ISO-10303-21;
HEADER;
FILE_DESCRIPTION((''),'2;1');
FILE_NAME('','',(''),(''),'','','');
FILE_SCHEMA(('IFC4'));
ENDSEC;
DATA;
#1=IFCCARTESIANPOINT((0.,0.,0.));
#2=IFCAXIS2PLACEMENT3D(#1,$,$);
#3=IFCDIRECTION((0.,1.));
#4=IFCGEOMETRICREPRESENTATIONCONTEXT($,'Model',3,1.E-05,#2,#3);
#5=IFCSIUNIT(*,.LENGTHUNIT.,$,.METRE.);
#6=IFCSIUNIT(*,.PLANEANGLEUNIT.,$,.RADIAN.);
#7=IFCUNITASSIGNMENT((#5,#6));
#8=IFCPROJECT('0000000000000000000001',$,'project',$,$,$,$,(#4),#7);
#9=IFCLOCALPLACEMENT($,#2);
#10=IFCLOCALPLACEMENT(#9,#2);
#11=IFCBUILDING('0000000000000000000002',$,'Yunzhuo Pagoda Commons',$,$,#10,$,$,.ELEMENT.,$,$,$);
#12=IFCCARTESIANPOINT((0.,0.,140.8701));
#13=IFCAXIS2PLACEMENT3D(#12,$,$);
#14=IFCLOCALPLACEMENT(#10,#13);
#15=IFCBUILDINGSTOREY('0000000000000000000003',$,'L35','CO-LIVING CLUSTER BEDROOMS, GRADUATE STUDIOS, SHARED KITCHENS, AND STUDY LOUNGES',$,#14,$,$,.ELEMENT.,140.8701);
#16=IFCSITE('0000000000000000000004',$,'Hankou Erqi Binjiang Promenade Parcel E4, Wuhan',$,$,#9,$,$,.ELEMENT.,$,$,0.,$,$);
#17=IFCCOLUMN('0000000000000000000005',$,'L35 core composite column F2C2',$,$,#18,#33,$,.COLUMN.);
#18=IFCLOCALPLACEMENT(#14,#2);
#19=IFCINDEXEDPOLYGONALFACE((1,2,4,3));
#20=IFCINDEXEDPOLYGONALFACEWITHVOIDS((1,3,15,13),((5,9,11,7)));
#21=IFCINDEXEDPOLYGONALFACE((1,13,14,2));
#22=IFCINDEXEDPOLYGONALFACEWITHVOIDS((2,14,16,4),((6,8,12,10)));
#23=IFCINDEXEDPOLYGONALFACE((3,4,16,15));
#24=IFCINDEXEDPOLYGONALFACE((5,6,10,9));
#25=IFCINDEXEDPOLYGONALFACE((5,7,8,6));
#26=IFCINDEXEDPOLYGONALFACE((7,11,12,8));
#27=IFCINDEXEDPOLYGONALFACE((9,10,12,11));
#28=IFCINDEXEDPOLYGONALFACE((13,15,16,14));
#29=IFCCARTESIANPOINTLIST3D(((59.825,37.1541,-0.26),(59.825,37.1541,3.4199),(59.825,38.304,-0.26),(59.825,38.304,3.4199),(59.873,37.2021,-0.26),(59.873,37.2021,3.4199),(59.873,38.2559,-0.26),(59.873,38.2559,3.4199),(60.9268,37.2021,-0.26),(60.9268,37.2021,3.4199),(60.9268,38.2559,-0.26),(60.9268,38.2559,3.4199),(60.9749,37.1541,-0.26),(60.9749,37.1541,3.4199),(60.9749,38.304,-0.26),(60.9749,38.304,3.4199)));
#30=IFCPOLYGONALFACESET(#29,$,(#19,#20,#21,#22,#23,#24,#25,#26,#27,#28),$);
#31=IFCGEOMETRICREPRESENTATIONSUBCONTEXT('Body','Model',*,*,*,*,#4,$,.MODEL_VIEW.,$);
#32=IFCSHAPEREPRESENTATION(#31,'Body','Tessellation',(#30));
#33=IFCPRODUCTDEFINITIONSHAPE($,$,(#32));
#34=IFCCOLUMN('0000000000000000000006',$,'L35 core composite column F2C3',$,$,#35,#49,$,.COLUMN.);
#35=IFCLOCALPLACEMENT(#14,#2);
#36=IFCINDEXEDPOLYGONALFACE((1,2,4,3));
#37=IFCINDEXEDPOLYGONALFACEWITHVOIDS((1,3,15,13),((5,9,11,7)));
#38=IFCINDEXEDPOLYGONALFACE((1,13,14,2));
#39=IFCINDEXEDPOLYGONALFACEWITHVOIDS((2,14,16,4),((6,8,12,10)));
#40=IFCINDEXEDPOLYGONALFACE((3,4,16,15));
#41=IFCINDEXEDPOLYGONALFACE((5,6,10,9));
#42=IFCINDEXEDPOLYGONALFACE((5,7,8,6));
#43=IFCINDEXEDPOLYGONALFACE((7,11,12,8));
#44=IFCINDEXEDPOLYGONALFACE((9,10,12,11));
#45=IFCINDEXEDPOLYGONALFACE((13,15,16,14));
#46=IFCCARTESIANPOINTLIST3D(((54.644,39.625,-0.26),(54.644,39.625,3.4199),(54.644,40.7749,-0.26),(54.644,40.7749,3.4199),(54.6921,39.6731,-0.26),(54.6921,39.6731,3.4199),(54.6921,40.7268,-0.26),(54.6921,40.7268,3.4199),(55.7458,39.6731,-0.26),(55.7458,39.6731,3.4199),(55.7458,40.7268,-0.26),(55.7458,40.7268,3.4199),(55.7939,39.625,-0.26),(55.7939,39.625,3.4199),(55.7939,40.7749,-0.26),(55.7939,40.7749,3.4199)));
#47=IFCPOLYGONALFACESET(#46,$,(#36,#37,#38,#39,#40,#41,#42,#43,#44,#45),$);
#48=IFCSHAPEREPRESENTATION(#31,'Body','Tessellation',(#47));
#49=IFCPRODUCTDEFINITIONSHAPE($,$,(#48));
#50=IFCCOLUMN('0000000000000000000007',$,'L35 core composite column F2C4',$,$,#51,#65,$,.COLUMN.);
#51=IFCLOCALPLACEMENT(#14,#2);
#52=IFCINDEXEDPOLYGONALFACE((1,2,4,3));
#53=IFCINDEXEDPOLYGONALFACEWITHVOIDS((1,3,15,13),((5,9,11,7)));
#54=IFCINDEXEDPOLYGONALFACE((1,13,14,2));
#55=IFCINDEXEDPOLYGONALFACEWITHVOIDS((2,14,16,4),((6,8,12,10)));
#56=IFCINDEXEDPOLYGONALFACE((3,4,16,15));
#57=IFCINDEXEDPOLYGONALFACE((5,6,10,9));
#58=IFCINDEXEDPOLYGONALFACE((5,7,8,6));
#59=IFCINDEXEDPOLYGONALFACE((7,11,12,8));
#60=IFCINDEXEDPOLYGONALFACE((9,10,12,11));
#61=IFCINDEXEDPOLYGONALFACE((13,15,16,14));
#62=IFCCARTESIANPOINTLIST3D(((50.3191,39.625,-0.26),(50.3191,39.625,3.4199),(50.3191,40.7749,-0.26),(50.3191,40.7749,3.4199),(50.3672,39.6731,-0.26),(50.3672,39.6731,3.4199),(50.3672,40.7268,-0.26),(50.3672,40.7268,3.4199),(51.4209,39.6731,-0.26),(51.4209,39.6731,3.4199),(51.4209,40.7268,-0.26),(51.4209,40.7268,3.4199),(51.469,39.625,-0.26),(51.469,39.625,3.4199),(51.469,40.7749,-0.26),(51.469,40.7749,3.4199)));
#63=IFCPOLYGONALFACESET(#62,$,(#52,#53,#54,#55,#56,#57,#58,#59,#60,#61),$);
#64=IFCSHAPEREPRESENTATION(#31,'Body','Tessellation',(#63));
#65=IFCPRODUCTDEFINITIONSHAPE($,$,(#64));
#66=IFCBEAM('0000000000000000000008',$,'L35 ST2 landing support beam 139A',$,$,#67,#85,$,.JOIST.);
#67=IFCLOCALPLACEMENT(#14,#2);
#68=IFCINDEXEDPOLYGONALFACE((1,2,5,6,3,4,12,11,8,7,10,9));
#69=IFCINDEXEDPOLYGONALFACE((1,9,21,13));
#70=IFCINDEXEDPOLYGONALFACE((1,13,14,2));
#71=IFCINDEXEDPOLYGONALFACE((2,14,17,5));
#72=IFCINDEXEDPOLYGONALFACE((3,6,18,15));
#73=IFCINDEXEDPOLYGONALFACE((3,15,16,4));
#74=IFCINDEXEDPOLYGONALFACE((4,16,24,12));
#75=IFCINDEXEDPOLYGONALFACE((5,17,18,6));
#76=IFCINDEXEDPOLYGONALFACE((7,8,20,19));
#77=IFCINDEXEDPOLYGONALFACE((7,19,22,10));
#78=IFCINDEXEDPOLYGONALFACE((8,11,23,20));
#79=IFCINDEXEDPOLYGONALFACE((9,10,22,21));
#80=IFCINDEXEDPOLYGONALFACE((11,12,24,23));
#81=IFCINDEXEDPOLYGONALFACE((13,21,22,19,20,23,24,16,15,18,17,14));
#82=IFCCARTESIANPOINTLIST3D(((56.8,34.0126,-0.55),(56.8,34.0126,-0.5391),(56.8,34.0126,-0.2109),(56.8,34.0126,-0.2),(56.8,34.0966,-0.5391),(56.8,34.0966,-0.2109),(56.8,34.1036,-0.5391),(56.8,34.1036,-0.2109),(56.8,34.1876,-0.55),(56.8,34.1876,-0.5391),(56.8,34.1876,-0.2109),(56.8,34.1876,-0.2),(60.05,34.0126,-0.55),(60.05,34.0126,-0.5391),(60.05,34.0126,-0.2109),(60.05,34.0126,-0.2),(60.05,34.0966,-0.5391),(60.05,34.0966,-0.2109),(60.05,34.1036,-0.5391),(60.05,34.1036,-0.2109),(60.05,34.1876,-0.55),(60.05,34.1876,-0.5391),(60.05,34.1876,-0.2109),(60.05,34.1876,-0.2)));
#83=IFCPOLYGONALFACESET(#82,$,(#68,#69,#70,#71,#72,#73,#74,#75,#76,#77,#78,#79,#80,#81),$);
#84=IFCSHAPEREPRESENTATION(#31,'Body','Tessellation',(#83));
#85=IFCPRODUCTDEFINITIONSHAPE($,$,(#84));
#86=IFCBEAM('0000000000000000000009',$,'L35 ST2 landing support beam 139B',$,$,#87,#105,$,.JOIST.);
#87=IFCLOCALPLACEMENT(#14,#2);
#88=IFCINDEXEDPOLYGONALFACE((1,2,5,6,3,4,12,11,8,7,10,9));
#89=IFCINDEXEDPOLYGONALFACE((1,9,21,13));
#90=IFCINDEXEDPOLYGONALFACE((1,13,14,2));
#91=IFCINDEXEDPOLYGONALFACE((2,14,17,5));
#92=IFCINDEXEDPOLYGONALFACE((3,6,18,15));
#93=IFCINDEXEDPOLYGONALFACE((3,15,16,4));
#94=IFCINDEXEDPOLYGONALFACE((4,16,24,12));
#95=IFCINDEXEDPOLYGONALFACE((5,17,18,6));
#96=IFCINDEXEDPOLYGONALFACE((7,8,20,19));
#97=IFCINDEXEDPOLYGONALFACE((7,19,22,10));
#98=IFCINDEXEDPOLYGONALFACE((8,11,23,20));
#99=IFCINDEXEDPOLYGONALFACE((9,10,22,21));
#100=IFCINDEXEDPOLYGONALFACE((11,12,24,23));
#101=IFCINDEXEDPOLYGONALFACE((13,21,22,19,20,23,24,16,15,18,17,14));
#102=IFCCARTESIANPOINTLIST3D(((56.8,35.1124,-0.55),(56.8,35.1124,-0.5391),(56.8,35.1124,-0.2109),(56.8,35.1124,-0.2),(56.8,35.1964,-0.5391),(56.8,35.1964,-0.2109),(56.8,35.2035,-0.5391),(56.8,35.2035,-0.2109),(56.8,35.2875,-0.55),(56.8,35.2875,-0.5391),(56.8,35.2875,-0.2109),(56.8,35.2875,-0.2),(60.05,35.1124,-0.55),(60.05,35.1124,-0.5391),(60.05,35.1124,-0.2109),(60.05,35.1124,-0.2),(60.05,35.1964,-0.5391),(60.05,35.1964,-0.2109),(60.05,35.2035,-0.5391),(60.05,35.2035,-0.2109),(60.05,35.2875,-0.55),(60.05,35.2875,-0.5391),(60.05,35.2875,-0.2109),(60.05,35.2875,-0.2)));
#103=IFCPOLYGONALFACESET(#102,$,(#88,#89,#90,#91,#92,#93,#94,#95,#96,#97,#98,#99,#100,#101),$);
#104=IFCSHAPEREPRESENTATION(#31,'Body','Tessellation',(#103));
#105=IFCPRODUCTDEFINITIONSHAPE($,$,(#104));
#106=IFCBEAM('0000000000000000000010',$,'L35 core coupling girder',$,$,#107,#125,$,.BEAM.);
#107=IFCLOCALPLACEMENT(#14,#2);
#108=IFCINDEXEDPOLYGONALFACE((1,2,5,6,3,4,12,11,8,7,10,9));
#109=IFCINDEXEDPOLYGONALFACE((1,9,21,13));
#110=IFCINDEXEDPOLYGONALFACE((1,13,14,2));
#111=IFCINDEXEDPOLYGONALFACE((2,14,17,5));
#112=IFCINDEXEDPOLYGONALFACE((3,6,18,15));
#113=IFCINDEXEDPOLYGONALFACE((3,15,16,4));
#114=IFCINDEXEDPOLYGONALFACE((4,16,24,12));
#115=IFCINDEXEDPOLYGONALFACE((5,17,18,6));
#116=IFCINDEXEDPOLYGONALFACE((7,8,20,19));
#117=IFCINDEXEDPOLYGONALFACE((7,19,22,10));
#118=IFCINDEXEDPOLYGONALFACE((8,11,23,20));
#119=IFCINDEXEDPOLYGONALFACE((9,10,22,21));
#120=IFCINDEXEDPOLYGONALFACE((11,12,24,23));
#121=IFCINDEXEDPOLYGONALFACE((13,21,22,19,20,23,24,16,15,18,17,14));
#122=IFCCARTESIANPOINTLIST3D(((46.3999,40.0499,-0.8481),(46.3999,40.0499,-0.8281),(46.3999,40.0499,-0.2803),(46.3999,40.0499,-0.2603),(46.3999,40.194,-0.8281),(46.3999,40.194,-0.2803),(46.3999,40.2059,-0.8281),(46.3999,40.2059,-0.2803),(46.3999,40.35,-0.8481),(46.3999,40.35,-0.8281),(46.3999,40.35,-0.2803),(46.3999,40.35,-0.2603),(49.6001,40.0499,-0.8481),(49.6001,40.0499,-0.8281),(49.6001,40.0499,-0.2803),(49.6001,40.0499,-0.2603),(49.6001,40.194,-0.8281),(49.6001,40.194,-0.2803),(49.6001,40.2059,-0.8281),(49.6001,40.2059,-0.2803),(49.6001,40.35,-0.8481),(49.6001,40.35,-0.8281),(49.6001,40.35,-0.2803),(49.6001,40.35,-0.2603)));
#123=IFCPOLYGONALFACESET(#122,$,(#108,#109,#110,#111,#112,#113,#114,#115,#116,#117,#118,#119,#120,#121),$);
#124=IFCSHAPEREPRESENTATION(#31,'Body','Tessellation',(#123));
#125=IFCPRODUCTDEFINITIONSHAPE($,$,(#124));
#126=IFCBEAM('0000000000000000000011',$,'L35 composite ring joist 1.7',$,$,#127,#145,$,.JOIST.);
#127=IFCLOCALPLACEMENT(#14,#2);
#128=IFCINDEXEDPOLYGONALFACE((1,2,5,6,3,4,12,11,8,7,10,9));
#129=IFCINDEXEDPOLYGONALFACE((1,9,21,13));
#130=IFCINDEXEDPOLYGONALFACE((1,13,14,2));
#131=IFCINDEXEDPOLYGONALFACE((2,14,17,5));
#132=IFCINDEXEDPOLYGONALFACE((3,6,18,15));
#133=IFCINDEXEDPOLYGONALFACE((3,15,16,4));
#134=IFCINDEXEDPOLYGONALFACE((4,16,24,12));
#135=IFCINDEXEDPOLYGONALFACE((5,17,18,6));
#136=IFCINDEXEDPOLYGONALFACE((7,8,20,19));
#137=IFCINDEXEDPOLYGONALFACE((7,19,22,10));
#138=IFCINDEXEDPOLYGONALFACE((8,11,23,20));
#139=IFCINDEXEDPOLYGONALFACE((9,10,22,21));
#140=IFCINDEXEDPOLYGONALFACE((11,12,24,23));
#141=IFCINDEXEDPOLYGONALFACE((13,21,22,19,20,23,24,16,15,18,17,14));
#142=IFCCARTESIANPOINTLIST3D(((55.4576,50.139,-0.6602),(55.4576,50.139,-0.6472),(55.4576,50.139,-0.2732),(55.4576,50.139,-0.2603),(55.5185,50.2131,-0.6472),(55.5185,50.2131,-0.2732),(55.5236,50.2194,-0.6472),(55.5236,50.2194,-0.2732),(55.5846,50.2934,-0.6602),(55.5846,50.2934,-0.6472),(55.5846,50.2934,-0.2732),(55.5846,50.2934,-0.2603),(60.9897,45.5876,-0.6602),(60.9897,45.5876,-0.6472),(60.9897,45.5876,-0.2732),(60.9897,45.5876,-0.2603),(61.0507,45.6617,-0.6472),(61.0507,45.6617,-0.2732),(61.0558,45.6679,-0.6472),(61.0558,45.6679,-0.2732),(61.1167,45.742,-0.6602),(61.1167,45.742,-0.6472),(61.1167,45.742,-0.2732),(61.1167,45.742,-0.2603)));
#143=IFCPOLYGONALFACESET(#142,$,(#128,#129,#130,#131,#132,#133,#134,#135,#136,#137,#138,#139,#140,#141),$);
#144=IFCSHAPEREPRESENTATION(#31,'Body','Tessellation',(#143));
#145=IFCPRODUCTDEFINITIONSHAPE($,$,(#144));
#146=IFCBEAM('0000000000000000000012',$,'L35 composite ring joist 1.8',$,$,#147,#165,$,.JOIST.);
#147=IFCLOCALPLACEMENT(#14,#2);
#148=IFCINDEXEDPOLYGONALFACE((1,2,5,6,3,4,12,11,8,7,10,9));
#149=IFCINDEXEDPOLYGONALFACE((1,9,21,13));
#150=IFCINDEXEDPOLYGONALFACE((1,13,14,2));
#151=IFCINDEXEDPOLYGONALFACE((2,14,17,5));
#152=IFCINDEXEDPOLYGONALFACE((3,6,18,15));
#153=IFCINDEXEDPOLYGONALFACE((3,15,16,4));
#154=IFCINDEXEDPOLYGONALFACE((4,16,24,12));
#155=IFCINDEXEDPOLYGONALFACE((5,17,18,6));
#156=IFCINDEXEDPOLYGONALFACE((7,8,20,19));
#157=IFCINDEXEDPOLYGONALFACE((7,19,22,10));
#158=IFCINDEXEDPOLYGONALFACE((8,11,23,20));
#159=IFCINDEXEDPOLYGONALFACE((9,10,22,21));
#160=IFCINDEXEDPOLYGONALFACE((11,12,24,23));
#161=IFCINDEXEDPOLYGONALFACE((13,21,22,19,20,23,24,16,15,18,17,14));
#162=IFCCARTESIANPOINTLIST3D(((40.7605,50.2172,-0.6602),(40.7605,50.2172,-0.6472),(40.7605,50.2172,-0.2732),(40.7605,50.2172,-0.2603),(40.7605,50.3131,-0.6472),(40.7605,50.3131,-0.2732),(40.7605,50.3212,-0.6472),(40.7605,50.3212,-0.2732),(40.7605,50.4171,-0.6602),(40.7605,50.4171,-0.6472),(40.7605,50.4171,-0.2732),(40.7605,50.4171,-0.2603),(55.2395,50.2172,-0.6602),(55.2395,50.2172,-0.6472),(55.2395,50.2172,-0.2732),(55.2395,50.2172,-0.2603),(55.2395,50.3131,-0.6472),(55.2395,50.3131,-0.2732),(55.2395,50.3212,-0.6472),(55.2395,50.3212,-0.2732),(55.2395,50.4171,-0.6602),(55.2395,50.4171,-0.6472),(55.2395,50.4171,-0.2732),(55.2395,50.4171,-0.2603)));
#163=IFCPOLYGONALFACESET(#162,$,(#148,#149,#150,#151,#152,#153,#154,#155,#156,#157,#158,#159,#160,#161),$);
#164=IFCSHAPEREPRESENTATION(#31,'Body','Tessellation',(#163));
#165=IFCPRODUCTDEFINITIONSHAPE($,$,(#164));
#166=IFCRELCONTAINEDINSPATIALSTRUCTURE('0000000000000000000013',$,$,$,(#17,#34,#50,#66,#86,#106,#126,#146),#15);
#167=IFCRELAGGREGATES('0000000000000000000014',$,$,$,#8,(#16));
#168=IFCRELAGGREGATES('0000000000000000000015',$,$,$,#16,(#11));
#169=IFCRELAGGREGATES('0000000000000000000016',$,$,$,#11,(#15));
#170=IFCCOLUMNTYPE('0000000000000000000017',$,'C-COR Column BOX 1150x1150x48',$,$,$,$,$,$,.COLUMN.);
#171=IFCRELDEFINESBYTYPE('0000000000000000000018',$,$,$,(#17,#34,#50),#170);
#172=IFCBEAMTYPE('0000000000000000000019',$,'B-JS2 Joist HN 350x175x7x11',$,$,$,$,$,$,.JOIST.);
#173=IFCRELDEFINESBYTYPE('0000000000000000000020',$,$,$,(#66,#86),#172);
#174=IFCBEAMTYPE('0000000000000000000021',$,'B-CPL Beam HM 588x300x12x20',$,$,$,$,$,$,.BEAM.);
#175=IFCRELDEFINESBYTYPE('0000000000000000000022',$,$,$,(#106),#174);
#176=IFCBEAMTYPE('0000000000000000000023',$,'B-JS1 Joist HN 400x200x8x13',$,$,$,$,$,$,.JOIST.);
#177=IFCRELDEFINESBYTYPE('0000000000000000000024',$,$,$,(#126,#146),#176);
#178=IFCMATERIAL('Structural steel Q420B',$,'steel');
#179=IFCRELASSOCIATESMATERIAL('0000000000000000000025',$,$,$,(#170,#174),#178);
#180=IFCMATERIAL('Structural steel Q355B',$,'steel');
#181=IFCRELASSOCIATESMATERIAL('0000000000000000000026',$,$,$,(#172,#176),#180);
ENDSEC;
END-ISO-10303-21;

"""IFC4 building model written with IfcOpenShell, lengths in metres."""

from ifc_helpers import new_model, si_unit, direction, frame, origin, origin_2d, place, context, subcontext, project, spatial, hollow_rectangle, i_section, extrude, source, transform, mapped, material, material_profile, profile_set, type_object, element, save


model = new_model("IFC4")

# Units and contexts
model_context = context("Model", 3, precision=1e-05, world=origin(), true_north=direction((0.0, 1.0)))
body_context = subcontext(model_context, "Body", "Model", "MODEL_VIEW")
ifc_project = project(units=[si_unit("LENGTHUNIT", "METRE"), si_unit("PLANEANGLEUNIT", "RADIAN")], contexts=[model_context])

# Site, building, storey
site_placement = place(None, origin())
site = spatial("IfcSite", under=ifc_project, at=site_placement, Name="Hankou Erqi Binjiang Promenade Parcel E4, Wuhan", CompositionType="ELEMENT", RefElevation=0.0)
building_placement = place(site_placement, origin())
building = spatial("IfcBuilding", under=site, at=building_placement, Name="Yunzhuo Pagoda Commons", CompositionType="ELEMENT")
storey_placement = place(building_placement, frame((0.0, 0.0, 140.8701)))
storey = spatial("IfcBuildingStorey", under=building, at=storey_placement, Name="L35", Description="CO-LIVING CLUSTER BEDROOMS, GRADUATE STUDIOS, SHARED KITCHENS, AND STUDY LOUNGES", CompositionType="ELEMENT", Elevation=140.8701)

# Columns
ifc_material_1 = material(Name="Structural steel Q420B", Category="steel")
ifc_material_profile_1 = material_profile(ifc_material_1, hollow_rectangle(XDim=1.1499, YDim=1.1499, WallThickness=0.0481, at=origin_2d()), Name="Structural steel Q420B")
ifc_profile_set_1 = profile_set([ifc_material_profile_1], Name="Structural steel Q420B")
column_type = type_object("IfcColumnType", Name="C-COR Column BOX 1150x1150x48", PredefinedType="COLUMN", material=ifc_profile_set_1)
shared_shape_1 = source(origin(), body_context, "Body", "SweptSolid", [
    extrude(hollow_rectangle(XDim=1.1499, YDim=1.1499, WallThickness=0.0481, at=origin_2d()), origin(), (0.0, 0.0, 1.0), 3.6799),
])
for number, where, z_axis, x_axis, name in (
    (1, (60.3999, 37.729, -0.26), (0.0, 0.0, 1.0), (1.0, 0.0, 0.0), "L35 core composite column F2C2"),
    (2, (55.219, 40.2, -0.26), (0.0, 0.0, 1.0), (1.0, 0.0, 0.0), "L35 core composite column F2C3"),
    (3, (50.894, 40.2, -0.26), (0.0, 0.0, 1.0), (1.0, 0.0, 0.0), "L35 core composite column F2C4"),
):
    element("IfcColumn", number, at=place(storey_placement, frame(where, z_axis=z_axis, x_axis=x_axis)), inside=storey, type_object=column_type, Name=name, PredefinedType="COLUMN", context=body_context, shape_type="MappedRepresentation", body=[
        mapped(shared_shape_1, transform((0.0, 0.0, 0.0), scale=1.0)),
    ])

# Beams
ifc_material_2 = material(Name="Structural steel Q355B", Category="steel")
ifc_material_profile_2 = material_profile(ifc_material_2, i_section(OverallWidth=0.175, OverallDepth=0.3501, WebThickness=0.0071, FlangeThickness=0.011, at=origin_2d()), Name="Structural steel Q355B")
ifc_profile_set_2 = profile_set([ifc_material_profile_2], Name="Structural steel Q355B")
beam_type_1 = type_object("IfcBeamType", Name="B-JS2 Joist HN 350x175x7x11", PredefinedType="JOIST", material=ifc_profile_set_2)
shared_shape_2 = source(origin(), body_context, "Body", "SweptSolid", [
    extrude(i_section(OverallWidth=0.175, OverallDepth=0.3501, WebThickness=0.0071, FlangeThickness=0.011, at=origin_2d()), origin(), (0.0, 0.0, 1.0), 3.25),
])
for number, where, z_axis, x_axis, name in (
    (4, (56.8, 34.1001, -0.375), (1.0, 0.0, 0.0), (0.0, 1.0, 0.0), "L35 ST2 landing support beam 139A"),
    (5, (56.8, 35.2, -0.375), (1.0, 0.0, 0.0), (0.0, 1.0, 0.0), "L35 ST2 landing support beam 139B"),
):
    element("IfcBeam", number, at=place(storey_placement, frame(where, z_axis=z_axis, x_axis=x_axis)), inside=storey, type_object=beam_type_1, Name=name, PredefinedType="JOIST", context=body_context, shape_type="MappedRepresentation", body=[
        mapped(shared_shape_2, transform((0.0, 0.0, 0.0), scale=1.0)),
    ])
ifc_material_profile_3 = material_profile(ifc_material_1, i_section(OverallWidth=0.3, OverallDepth=0.5879, WebThickness=0.012, FlangeThickness=0.02, at=origin_2d()), Name="Structural steel Q420B")
ifc_profile_set_3 = profile_set([ifc_material_profile_3], Name="Structural steel Q420B")
beam_type_2 = type_object("IfcBeamType", Name="B-CPL Beam HM 588x300x12x20", PredefinedType="BEAM", material=ifc_profile_set_3)
shared_shape_3 = source(origin(), body_context, "Body", "SweptSolid", [
    extrude(i_section(OverallWidth=0.3, OverallDepth=0.5879, WebThickness=0.012, FlangeThickness=0.02, at=origin_2d()), origin(), (0.0, 0.0, 1.0), 3.2002),
])
beam_1_placement = place(storey_placement, frame((46.3999, 40.2, -0.5542), z_axis=(1.0, 0.0, 0.0), x_axis=(0.0, 1.0, 0.0)))
element("IfcBeam", 6, at=beam_1_placement, inside=storey, type_object=beam_type_2, Name="L35 core coupling girder", PredefinedType="BEAM", context=body_context, shape_type="MappedRepresentation", body=[
    mapped(shared_shape_3, transform((0.0, 0.0, 0.0), scale=1.0)),
])
ifc_material_profile_4 = material_profile(ifc_material_2, i_section(OverallWidth=0.2, OverallDepth=0.3999, WebThickness=0.0081, FlangeThickness=0.0129, at=origin_2d()), Name="Structural steel Q355B")
ifc_profile_set_4 = profile_set([ifc_material_profile_4], Name="Structural steel Q355B")
beam_type_3 = type_object("IfcBeamType", Name="B-JS1 Joist HN 400x200x8x13", PredefinedType="JOIST", material=ifc_profile_set_4)
shared_shape_4 = source(origin(), body_context, "Body", "SweptSolid", [
    extrude(i_section(OverallWidth=0.2, OverallDepth=0.3999, WebThickness=0.0081, FlangeThickness=0.0129, at=origin_2d()), origin(), (0.0, 0.0, 1.0), 7.1638),
])
beam_2_placement = place(storey_placement, frame((61.0532, 45.6648, -0.4602), z_axis=(-0.772234, 0.635338, 0.0), x_axis=(-0.635338, -0.772234, 0.0)))
element("IfcBeam", 7, at=beam_2_placement, inside=storey, type_object=beam_type_3, Name="L35 composite ring joist 1.7", PredefinedType="JOIST", context=body_context, shape_type="MappedRepresentation", body=[
    mapped(shared_shape_4, transform((0.0, 0.0, 0.0), scale=1.0)),
])
shared_shape_5 = source(origin(), body_context, "Body", "SweptSolid", [
    extrude(i_section(OverallWidth=0.2, OverallDepth=0.3999, WebThickness=0.0081, FlangeThickness=0.0129, at=origin_2d()), origin(), (0.0, 0.0, 1.0), 14.479),
])
beam_3_placement = place(storey_placement, frame((55.2395, 50.3171, -0.4602), z_axis=(-1.0, 0.0, 0.0), x_axis=(0.0, -1.0, 0.0)))
element("IfcBeam", 8, at=beam_3_placement, inside=storey, type_object=beam_type_3, Name="L35 composite ring joist 1.8", PredefinedType="JOIST", context=body_context, shape_type="MappedRepresentation", body=[
    mapped(shared_shape_5, transform((0.0, 0.0, 0.0), scale=1.0)),
])

save(model, "model.ifc")
